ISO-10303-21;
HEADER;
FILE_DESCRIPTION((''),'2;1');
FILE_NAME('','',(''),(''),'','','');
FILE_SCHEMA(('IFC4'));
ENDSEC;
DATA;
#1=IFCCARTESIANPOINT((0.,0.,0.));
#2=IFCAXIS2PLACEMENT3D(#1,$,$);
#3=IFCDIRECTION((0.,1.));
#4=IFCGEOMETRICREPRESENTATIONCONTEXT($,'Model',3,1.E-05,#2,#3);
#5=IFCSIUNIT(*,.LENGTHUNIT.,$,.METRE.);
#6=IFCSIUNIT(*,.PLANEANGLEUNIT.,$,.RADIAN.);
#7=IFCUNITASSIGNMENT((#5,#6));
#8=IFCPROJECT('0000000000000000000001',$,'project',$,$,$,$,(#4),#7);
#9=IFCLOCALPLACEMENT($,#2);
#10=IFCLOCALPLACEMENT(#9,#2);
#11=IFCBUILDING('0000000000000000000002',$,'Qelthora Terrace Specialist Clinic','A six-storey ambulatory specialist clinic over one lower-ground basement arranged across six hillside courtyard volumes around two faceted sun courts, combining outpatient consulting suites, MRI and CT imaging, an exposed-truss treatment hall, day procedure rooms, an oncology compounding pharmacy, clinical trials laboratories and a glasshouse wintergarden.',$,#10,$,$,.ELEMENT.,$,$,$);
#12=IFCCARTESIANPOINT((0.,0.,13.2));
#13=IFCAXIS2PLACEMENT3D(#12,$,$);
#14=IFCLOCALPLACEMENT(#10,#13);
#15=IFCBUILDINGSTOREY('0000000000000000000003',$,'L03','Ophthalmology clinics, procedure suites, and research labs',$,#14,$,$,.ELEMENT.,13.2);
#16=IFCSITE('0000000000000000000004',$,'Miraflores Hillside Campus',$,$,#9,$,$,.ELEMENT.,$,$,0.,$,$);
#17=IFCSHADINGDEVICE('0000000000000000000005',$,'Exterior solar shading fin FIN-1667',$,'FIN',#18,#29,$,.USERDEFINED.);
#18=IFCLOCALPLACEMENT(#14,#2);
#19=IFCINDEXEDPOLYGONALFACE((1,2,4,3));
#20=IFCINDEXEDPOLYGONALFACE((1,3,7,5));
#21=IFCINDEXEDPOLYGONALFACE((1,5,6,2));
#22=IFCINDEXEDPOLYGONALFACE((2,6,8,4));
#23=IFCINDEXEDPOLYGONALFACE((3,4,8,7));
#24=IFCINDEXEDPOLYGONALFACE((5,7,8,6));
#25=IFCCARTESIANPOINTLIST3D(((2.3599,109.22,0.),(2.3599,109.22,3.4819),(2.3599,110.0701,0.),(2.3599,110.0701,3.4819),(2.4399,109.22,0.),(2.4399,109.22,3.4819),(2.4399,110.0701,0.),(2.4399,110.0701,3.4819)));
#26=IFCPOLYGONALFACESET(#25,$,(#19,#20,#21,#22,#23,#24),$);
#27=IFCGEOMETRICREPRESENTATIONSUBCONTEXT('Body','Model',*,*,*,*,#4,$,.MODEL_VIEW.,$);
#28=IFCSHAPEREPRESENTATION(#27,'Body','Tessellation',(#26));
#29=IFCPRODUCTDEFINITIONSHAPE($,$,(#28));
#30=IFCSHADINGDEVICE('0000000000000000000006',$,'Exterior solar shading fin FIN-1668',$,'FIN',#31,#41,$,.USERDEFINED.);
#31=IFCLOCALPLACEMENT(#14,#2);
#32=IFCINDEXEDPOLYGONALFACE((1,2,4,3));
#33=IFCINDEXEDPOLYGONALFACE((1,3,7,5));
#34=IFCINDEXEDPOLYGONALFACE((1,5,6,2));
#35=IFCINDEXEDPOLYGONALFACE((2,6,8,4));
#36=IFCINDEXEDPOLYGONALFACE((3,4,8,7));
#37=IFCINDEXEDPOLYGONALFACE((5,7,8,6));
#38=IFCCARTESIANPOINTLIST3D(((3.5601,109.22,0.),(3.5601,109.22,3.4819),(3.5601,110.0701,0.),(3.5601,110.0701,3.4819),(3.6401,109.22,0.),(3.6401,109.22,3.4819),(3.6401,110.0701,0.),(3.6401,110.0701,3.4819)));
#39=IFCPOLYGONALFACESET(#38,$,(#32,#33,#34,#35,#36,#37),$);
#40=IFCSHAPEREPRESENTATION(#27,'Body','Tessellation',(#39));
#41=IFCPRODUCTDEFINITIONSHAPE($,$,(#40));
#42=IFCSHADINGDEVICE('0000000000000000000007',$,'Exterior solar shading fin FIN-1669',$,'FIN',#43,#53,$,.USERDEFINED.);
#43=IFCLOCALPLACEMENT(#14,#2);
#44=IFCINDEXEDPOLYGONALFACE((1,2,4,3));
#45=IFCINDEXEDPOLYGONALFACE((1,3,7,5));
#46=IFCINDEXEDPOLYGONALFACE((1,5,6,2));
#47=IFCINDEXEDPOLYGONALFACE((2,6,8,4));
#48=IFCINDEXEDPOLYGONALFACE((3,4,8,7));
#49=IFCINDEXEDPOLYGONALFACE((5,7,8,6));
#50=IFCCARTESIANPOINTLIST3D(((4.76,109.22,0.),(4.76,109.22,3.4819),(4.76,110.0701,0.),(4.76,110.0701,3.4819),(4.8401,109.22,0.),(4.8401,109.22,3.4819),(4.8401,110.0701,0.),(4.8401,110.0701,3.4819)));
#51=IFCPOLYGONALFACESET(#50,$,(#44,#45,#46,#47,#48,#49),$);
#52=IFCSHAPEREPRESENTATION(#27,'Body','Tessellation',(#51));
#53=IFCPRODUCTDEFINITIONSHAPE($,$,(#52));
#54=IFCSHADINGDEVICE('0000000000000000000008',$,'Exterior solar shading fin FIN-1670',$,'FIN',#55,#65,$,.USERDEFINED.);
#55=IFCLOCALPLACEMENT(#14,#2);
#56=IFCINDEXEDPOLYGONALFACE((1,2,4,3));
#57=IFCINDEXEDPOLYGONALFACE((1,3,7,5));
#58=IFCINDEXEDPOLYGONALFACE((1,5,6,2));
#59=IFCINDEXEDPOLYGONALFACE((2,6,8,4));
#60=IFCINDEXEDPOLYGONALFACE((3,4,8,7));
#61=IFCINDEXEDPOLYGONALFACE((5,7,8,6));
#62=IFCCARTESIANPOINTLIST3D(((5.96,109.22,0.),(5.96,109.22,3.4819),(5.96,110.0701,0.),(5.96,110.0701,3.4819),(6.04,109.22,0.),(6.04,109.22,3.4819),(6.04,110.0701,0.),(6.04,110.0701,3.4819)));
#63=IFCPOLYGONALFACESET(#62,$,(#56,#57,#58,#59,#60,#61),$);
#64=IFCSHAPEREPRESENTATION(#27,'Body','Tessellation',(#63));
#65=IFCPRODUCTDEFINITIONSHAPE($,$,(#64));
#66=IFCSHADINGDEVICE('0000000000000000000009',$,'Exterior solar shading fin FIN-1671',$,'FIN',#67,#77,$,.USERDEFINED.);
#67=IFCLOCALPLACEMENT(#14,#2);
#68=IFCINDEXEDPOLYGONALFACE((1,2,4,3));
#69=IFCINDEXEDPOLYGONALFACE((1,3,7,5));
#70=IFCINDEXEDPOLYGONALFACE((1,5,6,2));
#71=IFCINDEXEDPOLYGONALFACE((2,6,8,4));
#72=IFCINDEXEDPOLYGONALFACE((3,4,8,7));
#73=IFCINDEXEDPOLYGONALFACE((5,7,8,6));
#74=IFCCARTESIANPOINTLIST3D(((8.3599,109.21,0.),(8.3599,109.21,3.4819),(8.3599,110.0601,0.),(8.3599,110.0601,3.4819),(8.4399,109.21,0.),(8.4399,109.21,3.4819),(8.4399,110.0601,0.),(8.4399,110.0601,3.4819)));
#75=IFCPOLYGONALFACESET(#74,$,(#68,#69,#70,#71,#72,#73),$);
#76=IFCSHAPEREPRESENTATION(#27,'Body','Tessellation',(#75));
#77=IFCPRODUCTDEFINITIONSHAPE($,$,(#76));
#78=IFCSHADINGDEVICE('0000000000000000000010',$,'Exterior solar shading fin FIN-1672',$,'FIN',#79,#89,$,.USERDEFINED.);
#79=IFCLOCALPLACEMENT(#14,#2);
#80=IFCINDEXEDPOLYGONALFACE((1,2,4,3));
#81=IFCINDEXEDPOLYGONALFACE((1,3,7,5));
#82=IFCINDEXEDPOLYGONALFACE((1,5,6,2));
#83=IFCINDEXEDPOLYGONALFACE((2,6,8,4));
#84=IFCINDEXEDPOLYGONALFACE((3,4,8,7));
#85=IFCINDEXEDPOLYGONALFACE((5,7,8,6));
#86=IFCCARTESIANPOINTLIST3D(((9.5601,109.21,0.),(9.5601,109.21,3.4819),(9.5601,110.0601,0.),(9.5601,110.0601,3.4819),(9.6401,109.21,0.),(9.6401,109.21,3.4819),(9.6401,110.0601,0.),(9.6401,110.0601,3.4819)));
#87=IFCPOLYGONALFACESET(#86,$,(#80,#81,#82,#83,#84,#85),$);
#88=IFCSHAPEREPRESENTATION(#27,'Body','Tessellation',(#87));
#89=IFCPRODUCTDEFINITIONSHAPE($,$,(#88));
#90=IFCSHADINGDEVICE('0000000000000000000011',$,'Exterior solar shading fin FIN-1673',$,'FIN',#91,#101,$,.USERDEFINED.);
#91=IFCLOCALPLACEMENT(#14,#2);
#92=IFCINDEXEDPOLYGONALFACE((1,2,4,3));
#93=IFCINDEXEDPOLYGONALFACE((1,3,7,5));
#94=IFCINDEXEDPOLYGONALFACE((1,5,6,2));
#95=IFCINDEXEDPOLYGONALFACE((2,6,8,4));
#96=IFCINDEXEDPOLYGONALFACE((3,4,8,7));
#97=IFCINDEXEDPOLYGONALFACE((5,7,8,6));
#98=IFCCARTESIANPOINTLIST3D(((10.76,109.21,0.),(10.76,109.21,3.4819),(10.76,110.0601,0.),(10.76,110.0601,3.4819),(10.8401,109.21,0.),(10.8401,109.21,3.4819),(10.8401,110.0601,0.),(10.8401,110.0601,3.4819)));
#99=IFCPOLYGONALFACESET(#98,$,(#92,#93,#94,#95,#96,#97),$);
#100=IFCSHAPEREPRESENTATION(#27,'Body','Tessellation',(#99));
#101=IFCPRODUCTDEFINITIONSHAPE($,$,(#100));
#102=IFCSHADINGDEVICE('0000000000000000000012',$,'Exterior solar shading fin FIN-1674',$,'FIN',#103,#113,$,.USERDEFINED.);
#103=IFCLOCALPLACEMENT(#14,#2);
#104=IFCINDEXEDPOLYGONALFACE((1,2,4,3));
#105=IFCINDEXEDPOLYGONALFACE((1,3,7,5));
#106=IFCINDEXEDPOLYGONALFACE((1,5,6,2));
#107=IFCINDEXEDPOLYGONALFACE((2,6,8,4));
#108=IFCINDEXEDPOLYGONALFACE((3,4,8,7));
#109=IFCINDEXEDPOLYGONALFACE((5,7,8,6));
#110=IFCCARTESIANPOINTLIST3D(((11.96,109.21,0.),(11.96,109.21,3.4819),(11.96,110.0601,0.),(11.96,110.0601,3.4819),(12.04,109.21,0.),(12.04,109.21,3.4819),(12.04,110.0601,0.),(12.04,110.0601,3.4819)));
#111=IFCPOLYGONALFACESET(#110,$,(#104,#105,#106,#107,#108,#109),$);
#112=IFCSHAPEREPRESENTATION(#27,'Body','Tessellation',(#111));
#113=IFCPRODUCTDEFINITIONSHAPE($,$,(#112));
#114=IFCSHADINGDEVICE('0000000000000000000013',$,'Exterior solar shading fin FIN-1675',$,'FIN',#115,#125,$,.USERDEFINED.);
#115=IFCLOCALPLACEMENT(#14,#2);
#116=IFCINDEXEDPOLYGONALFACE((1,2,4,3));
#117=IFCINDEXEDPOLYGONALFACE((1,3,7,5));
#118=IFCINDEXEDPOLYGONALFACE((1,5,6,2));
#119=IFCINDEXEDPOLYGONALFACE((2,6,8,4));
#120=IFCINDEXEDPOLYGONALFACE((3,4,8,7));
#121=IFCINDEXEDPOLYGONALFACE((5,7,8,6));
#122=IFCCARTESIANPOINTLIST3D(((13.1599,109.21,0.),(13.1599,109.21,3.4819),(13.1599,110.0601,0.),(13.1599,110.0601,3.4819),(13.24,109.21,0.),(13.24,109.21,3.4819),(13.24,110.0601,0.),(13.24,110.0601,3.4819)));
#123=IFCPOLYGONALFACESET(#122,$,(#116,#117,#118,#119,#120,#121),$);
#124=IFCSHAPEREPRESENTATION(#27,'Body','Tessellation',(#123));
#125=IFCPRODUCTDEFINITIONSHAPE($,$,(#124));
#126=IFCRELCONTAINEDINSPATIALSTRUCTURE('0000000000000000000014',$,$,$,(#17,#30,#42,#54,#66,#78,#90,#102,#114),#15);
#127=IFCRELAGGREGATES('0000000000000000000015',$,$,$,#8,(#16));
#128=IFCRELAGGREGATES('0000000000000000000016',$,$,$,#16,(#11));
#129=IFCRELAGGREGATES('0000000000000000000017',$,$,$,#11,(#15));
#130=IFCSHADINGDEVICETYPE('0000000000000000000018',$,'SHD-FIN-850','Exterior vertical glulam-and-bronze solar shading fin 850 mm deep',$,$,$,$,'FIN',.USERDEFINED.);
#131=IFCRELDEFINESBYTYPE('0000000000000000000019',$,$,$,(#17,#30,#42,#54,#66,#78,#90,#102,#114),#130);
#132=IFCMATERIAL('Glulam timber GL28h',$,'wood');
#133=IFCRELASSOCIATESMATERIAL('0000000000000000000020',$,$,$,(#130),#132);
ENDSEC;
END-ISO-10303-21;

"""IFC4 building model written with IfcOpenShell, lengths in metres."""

from ifc_helpers import new_model, si_unit, direction, frame, origin, origin_2d, place, context, subcontext, project, spatial, rectangle, extrude, material, type_object, element, save


model = new_model("IFC4")

# Units and contexts
model_context = context("Model", 3, precision=1e-05, world=origin(), true_north=direction((0.0, 1.0)))
body_context = subcontext(model_context, "Body", "Model", "MODEL_VIEW")
ifc_project = project(units=[si_unit("LENGTHUNIT", "METRE"), si_unit("PLANEANGLEUNIT", "RADIAN")], contexts=[model_context])

# Site, building, storey
site_placement = place(None, origin())
site = spatial("IfcSite", under=ifc_project, at=site_placement, Name="Miraflores Hillside Campus", CompositionType="ELEMENT", RefElevation=0.0)
building_placement = place(site_placement, origin())
building = spatial("IfcBuilding", under=site, at=building_placement, Name="Qelthora Terrace Specialist Clinic", Description="A six-storey ambulatory specialist clinic over one lower-ground basement arranged across six hillside courtyard volumes around two faceted sun courts, combining outpatient consulting suites, MRI and CT imaging, an exposed-truss treatment hall, day procedure rooms, an oncology compounding pharmacy, clinical trials laboratories and a glasshouse wintergarden.", CompositionType="ELEMENT")
storey_placement = place(building_placement, frame((0.0, 0.0, 13.2)))
storey = spatial("IfcBuildingStorey", under=building, at=storey_placement, Name="L03", Description="Ophthalmology clinics, procedure suites, and research labs", CompositionType="ELEMENT", Elevation=13.2)

# Shading devices
ifc_material_1 = material(Name="Glulam timber GL28h", Category="wood")
shading_device_type = type_object("IfcShadingDeviceType", Name="SHD-FIN-850", Description="Exterior vertical glulam-and-bronze solar shading fin 850 mm deep", ElementType="FIN", PredefinedType="USERDEFINED", material=ifc_material_1)
for number, where, z_axis, x_axis, name in (
    (1, (2.3999, 109.645, 0.0), (0.0, 0.0, 1.0), (0.0, 1.0, 0.0), "Exterior solar shading fin FIN-1667"),
    (2, (3.6001, 109.645, 0.0), (0.0, 0.0, 1.0), (0.0, 1.0, 0.0), "Exterior solar shading fin FIN-1668"),
    (3, (4.8, 109.645, 0.0), (0.0, 0.0, 1.0), (0.0, 1.0, 0.0), "Exterior solar shading fin FIN-1669"),
    (4, (6.0, 109.645, 0.0), (0.0, 0.0, 1.0), (0.0, 1.0, 0.0), "Exterior solar shading fin FIN-1670"),
    (5, (8.3999, 109.635, 0.0), (0.0, 0.0, 1.0), (0.0, 1.0, 0.0), "Exterior solar shading fin FIN-1671"),
    (6, (9.6001, 109.635, 0.0), (0.0, 0.0, 1.0), (0.0, 1.0, 0.0), "Exterior solar shading fin FIN-1672"),
    (7, (10.8, 109.635, 0.0), (0.0, 0.0, 1.0), (0.0, 1.0, 0.0), "Exterior solar shading fin FIN-1673"),
    (8, (12.0, 109.635, 0.0), (0.0, 0.0, 1.0), (0.0, 1.0, 0.0), "Exterior solar shading fin FIN-1674"),
    (9, (13.2, 109.635, 0.0), (0.0, 0.0, 1.0), (0.0, 1.0, 0.0), "Exterior solar shading fin FIN-1675"),
):
    element("IfcShadingDevice", number, at=place(storey_placement, frame(where, z_axis=z_axis, x_axis=x_axis)), inside=storey, type_object=shading_device_type, Name=name, ObjectType="FIN", PredefinedType="USERDEFINED", context=body_context, shape_type="SweptSolid", body=[
        extrude(rectangle(XDim=0.8501, YDim=0.0801, at=origin_2d()), origin(), (0.0, 0.0, 1.0), 3.4819),
    ])

save(model, "model.ifc")
